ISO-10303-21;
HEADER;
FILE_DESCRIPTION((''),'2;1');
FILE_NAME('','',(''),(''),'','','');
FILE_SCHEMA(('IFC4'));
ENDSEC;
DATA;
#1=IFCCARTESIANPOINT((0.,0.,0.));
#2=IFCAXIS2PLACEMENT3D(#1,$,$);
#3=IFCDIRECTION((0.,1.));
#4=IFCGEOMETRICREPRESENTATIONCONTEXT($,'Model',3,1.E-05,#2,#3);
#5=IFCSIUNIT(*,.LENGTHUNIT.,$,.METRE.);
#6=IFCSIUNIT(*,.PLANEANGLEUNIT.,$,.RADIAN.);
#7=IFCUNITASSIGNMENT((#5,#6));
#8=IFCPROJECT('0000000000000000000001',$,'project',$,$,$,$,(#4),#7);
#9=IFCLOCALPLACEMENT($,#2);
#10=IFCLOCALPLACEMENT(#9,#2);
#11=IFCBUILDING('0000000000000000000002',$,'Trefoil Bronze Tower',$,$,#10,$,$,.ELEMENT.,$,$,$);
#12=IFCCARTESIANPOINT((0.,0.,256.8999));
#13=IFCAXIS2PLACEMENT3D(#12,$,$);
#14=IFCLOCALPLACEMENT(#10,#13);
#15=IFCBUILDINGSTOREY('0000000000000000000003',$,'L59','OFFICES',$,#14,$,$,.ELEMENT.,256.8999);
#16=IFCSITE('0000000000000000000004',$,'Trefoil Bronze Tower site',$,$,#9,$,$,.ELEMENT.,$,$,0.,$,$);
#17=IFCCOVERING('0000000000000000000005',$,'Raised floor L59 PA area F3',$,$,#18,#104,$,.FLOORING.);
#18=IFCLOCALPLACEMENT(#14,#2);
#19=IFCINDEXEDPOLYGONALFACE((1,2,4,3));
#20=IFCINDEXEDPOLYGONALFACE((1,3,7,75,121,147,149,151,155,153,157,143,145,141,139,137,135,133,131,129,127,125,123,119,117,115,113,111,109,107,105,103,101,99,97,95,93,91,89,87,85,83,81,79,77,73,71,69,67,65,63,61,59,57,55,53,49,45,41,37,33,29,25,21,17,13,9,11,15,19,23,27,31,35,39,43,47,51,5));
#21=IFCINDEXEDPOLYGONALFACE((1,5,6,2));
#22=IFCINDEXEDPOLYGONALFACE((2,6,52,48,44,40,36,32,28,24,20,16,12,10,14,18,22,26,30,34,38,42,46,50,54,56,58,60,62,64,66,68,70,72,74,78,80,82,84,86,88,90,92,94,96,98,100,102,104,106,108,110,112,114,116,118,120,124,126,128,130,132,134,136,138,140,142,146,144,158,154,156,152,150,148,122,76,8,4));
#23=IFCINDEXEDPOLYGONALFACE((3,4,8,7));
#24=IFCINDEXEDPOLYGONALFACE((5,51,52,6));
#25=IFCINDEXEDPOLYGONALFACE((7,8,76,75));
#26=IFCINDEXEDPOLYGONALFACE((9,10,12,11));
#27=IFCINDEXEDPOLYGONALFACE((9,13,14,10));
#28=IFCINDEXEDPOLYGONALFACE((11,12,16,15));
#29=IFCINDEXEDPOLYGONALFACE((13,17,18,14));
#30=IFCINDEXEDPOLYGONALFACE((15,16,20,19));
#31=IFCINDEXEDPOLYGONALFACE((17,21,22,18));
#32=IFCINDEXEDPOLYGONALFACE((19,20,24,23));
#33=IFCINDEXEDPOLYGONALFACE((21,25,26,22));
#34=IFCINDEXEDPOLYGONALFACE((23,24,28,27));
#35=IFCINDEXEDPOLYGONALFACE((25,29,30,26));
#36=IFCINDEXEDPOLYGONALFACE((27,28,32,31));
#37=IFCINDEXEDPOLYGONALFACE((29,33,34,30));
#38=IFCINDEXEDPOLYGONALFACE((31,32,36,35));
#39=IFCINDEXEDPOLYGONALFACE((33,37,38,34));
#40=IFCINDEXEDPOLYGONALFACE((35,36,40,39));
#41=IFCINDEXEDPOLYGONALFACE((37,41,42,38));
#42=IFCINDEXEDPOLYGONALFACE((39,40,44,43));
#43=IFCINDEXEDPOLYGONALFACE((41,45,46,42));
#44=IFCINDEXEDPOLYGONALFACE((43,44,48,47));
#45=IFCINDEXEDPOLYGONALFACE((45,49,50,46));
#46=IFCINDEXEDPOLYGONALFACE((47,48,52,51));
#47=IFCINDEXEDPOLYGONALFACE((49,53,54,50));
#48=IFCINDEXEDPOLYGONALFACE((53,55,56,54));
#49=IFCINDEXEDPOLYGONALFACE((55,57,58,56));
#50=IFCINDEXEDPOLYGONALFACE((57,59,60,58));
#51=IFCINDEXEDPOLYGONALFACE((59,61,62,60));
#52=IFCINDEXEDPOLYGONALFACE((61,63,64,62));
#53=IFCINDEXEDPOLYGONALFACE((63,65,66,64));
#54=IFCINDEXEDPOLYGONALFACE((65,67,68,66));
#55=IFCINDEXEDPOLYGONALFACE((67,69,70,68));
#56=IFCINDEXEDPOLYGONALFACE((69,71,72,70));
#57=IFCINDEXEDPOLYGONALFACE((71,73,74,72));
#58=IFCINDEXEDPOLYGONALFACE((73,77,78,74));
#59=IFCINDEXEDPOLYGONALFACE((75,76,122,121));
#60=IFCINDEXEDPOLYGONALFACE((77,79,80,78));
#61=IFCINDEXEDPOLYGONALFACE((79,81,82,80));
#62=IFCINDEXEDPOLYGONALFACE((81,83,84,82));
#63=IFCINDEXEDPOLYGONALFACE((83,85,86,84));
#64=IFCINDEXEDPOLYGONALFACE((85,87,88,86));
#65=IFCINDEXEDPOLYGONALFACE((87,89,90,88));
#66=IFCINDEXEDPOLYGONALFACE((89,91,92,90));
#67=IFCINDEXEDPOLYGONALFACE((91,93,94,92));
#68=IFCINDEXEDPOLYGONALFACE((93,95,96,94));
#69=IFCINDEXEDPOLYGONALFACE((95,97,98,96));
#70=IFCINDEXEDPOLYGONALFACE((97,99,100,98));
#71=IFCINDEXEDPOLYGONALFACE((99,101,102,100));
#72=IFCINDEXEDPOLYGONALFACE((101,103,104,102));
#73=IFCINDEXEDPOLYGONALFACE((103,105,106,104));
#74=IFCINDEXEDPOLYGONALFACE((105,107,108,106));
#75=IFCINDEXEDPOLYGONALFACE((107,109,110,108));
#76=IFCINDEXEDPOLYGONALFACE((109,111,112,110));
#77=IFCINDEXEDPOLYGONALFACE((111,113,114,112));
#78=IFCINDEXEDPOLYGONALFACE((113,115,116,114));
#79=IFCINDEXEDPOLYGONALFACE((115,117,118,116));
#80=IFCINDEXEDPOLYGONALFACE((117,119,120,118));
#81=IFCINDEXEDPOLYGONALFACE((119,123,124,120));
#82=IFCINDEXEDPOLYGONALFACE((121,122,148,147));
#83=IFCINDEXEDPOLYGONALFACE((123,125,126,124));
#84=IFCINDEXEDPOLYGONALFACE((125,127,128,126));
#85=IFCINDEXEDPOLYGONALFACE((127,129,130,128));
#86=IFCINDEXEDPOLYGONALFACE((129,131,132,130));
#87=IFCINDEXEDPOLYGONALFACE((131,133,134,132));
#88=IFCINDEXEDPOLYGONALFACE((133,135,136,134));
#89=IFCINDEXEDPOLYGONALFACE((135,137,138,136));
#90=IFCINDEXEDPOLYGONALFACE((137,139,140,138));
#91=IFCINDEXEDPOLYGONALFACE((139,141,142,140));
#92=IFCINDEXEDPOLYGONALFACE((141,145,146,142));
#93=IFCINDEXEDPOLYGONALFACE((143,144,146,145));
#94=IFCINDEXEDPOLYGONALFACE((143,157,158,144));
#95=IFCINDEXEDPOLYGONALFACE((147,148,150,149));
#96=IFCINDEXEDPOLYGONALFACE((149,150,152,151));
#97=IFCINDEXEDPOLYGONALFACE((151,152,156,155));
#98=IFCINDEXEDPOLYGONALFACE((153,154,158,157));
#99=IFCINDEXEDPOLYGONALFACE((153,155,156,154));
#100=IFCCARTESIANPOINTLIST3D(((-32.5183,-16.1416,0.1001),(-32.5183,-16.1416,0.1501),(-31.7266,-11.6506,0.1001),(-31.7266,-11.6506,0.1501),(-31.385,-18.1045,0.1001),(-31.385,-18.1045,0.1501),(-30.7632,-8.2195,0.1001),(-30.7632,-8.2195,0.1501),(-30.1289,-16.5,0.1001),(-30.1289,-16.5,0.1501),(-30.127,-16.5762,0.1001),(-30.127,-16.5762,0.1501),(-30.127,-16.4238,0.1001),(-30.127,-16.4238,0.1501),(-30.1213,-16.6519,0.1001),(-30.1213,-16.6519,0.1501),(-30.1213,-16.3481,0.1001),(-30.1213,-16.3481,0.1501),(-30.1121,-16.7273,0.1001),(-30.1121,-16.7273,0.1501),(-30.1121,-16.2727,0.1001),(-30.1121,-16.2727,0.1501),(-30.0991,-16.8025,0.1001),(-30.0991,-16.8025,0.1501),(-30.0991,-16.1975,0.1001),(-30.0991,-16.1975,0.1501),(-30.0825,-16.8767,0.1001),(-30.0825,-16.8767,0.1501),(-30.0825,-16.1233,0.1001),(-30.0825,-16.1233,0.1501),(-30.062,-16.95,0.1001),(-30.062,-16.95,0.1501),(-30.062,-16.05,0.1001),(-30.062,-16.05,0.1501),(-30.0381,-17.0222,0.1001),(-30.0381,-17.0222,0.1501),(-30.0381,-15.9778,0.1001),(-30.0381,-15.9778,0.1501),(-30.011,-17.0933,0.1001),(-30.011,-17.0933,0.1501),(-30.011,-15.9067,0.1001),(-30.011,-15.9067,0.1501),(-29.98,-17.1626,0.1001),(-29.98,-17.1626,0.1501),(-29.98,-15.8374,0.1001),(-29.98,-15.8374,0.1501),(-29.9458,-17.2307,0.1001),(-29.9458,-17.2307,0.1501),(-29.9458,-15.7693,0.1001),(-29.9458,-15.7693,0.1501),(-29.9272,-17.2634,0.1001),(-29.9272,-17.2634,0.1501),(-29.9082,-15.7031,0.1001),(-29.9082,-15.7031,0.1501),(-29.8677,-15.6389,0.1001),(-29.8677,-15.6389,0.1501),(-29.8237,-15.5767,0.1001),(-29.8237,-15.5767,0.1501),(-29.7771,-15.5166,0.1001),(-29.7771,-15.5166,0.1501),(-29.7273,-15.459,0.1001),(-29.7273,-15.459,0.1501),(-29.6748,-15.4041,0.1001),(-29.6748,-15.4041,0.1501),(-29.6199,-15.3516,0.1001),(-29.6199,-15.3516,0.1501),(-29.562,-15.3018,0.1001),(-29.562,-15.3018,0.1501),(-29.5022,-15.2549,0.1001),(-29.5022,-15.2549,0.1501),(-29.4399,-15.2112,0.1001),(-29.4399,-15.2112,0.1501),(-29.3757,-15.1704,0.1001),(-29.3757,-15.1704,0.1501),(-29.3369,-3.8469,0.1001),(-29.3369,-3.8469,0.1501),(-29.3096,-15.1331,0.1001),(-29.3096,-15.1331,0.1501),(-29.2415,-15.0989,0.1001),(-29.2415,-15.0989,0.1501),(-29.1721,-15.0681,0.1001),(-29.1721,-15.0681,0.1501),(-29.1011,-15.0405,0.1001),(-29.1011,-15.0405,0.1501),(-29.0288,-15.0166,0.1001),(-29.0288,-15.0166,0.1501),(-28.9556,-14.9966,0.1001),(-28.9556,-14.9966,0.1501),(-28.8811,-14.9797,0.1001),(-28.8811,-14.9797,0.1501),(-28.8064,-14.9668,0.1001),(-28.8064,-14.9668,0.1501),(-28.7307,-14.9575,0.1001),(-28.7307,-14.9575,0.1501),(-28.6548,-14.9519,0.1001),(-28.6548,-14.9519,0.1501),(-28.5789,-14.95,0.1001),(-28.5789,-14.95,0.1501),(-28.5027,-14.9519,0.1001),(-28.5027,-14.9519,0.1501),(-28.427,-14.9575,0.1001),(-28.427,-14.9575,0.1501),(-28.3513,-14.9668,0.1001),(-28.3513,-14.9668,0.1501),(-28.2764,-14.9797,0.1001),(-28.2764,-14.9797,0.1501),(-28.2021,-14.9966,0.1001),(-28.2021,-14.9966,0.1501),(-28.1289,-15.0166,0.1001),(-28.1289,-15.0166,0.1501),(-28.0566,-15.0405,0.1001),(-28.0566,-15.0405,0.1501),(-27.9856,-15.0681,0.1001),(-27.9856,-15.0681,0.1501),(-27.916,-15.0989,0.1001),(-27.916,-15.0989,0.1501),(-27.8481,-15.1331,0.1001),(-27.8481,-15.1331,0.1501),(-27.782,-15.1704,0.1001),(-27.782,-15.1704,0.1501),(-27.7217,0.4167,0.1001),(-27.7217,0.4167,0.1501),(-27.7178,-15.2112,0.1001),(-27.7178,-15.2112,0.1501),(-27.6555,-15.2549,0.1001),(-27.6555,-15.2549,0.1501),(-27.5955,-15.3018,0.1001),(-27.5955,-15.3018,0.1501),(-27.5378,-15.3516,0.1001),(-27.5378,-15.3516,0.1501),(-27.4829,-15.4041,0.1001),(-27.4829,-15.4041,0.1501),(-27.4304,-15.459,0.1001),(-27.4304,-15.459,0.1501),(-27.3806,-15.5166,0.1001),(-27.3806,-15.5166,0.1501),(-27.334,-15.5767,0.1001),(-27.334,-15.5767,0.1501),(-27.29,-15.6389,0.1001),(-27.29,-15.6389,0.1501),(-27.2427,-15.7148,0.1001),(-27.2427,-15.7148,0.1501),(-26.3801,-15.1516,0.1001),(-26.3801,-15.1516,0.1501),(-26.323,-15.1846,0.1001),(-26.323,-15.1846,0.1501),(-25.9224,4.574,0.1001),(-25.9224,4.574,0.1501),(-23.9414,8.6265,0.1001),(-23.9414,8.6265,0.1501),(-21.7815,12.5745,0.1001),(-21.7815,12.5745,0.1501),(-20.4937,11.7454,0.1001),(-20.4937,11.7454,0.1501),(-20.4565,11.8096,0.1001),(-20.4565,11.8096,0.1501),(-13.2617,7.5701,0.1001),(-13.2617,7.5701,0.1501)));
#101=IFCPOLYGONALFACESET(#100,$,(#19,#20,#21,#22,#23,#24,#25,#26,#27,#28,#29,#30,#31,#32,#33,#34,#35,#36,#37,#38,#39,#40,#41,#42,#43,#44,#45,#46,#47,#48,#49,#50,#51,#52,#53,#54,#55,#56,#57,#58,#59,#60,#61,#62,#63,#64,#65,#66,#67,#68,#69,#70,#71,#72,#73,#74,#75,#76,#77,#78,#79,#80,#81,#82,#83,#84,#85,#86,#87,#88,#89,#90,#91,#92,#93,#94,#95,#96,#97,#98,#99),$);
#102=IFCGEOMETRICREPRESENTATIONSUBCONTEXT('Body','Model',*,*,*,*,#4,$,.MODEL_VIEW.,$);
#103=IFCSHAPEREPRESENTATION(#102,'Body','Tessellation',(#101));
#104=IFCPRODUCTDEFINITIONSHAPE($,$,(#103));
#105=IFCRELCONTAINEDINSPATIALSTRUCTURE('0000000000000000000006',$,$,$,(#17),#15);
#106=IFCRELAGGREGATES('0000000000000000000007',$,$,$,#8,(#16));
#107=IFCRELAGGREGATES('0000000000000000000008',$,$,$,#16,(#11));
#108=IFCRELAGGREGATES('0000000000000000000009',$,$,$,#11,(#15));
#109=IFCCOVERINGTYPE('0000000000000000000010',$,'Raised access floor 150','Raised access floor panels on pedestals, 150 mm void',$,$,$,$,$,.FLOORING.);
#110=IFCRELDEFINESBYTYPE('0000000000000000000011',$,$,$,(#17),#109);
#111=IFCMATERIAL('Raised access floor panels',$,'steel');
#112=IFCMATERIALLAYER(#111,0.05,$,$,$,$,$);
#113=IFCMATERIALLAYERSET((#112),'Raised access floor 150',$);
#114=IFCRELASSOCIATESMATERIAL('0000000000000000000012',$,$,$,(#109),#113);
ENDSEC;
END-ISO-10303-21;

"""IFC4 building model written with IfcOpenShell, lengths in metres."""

from ifc_helpers import new_model, si_unit, direction, frame, origin, place, context, subcontext, project, spatial, polyline, outline, extrude, material, layer, layer_set, type_object, element, save


model = new_model("IFC4")

# Units and contexts
model_context = context("Model", 3, precision=1e-05, world=origin(), true_north=direction((0.0, 1.0)))
body_context = subcontext(model_context, "Body", "Model", "MODEL_VIEW")
ifc_project = project(units=[si_unit("LENGTHUNIT", "METRE"), si_unit("PLANEANGLEUNIT", "RADIAN")], contexts=[model_context])

# Site, building, storey
site_placement = place(None, origin())
site = spatial("IfcSite", under=ifc_project, at=site_placement, Name="Trefoil Bronze Tower site", CompositionType="ELEMENT", RefElevation=0.0)
building_placement = place(site_placement, origin())
building = spatial("IfcBuilding", under=site, at=building_placement, Name="Trefoil Bronze Tower", CompositionType="ELEMENT")
storey_placement = place(building_placement, frame((0.0, 0.0, 256.8999)))
storey = spatial("IfcBuildingStorey", under=building, at=storey_placement, Name="L59", Description="OFFICES", CompositionType="ELEMENT", Elevation=256.8999)

# Covering
ifc_material_1 = material(Name="Raised access floor panels", Category="steel")
ifc_layer_1 = layer(ifc_material_1, 0.05)
ifc_layer_set_1 = layer_set([ifc_layer_1], Name="Raised access floor 150")
covering_type_1 = type_object("IfcCoveringType", Name="Raised access floor 150", Description="Raised access floor panels on pedestals, 150 mm void", PredefinedType="FLOORING", material=ifc_layer_set_1)
covering_1_placement = place(storey_placement, frame((0.0, 0.0, 0.1001)))
element("IfcCovering", 1, at=covering_1_placement, inside=storey, type_object=covering_type_1, Name="Raised floor L59 PA area F3", PredefinedType="FLOORING", context=body_context, shape_type="SweptSolid", body=[
    extrude(outline(polyline([(-27.7217, 0.4167), (-25.9224, 4.574), (-23.9414, 8.6265), (-21.7815, 12.5745), (-20.4565, 11.8096), (-20.4937, 11.7454), (-13.2617, 7.5701), (-26.3801, -15.1516), (-26.323, -15.1846), (-27.2427, -15.7148), (-27.29, -15.6389), (-27.334, -15.5767), (-27.3806, -15.5166), (-27.4304, -15.459), (-27.4829, -15.4041), (-27.5378, -15.3516), (-27.5955, -15.3018), (-27.6555, -15.2549), (-27.7178, -15.2112), (-27.782, -15.1704), (-27.8481, -15.1331), (-27.916, -15.0989), (-27.9856, -15.0681), (-28.0566, -15.0405), (-28.1289, -15.0166), (-28.2021, -14.9966), (-28.2764, -14.9797), (-28.3513, -14.9668), (-28.427, -14.9575), (-28.5027, -14.9519), (-28.5789, -14.95), (-28.6548, -14.9519), (-28.7307, -14.9575), (-28.8064, -14.9668), (-28.8811, -14.9797), (-28.9556, -14.9966), (-29.0288, -15.0166), (-29.1011, -15.0405), (-29.1721, -15.0681), (-29.2415, -15.0989), (-29.3096, -15.1331), (-29.3757, -15.1704), (-29.4399, -15.2112), (-29.5022, -15.2549), (-29.562, -15.3018), (-29.6199, -15.3516), (-29.6748, -15.4041), (-29.7273, -15.459), (-29.7771, -15.5166), (-29.8237, -15.5767), (-29.8677, -15.6389), (-29.9082, -15.7031), (-29.9458, -15.7693), (-29.98, -15.8374), (-30.011, -15.9067), (-30.0381, -15.9778), (-30.062, -16.05), (-30.0825, -16.1233), (-30.0991, -16.1975), (-30.1121, -16.2727), (-30.1213, -16.3481), (-30.127, -16.4238), (-30.1289, -16.5), (-30.127, -16.5762), (-30.1213, -16.6519), (-30.1121, -16.7273), (-30.0991, -16.8025), (-30.0825, -16.8767), (-30.062, -16.95), (-30.0381, -17.0222), (-30.011, -17.0933), (-29.98, -17.1626), (-29.9458, -17.2307), (-29.9272, -17.2634), (-31.385, -18.1045), (-32.5183, -16.1416), (-31.7266, -11.6506), (-30.7632, -8.2195), (-29.3369, -3.8469), (-27.7217, 0.4167)])), origin(), (0.0, 0.0, 1.0), 0.05),
])

save(model, "model.ifc")
